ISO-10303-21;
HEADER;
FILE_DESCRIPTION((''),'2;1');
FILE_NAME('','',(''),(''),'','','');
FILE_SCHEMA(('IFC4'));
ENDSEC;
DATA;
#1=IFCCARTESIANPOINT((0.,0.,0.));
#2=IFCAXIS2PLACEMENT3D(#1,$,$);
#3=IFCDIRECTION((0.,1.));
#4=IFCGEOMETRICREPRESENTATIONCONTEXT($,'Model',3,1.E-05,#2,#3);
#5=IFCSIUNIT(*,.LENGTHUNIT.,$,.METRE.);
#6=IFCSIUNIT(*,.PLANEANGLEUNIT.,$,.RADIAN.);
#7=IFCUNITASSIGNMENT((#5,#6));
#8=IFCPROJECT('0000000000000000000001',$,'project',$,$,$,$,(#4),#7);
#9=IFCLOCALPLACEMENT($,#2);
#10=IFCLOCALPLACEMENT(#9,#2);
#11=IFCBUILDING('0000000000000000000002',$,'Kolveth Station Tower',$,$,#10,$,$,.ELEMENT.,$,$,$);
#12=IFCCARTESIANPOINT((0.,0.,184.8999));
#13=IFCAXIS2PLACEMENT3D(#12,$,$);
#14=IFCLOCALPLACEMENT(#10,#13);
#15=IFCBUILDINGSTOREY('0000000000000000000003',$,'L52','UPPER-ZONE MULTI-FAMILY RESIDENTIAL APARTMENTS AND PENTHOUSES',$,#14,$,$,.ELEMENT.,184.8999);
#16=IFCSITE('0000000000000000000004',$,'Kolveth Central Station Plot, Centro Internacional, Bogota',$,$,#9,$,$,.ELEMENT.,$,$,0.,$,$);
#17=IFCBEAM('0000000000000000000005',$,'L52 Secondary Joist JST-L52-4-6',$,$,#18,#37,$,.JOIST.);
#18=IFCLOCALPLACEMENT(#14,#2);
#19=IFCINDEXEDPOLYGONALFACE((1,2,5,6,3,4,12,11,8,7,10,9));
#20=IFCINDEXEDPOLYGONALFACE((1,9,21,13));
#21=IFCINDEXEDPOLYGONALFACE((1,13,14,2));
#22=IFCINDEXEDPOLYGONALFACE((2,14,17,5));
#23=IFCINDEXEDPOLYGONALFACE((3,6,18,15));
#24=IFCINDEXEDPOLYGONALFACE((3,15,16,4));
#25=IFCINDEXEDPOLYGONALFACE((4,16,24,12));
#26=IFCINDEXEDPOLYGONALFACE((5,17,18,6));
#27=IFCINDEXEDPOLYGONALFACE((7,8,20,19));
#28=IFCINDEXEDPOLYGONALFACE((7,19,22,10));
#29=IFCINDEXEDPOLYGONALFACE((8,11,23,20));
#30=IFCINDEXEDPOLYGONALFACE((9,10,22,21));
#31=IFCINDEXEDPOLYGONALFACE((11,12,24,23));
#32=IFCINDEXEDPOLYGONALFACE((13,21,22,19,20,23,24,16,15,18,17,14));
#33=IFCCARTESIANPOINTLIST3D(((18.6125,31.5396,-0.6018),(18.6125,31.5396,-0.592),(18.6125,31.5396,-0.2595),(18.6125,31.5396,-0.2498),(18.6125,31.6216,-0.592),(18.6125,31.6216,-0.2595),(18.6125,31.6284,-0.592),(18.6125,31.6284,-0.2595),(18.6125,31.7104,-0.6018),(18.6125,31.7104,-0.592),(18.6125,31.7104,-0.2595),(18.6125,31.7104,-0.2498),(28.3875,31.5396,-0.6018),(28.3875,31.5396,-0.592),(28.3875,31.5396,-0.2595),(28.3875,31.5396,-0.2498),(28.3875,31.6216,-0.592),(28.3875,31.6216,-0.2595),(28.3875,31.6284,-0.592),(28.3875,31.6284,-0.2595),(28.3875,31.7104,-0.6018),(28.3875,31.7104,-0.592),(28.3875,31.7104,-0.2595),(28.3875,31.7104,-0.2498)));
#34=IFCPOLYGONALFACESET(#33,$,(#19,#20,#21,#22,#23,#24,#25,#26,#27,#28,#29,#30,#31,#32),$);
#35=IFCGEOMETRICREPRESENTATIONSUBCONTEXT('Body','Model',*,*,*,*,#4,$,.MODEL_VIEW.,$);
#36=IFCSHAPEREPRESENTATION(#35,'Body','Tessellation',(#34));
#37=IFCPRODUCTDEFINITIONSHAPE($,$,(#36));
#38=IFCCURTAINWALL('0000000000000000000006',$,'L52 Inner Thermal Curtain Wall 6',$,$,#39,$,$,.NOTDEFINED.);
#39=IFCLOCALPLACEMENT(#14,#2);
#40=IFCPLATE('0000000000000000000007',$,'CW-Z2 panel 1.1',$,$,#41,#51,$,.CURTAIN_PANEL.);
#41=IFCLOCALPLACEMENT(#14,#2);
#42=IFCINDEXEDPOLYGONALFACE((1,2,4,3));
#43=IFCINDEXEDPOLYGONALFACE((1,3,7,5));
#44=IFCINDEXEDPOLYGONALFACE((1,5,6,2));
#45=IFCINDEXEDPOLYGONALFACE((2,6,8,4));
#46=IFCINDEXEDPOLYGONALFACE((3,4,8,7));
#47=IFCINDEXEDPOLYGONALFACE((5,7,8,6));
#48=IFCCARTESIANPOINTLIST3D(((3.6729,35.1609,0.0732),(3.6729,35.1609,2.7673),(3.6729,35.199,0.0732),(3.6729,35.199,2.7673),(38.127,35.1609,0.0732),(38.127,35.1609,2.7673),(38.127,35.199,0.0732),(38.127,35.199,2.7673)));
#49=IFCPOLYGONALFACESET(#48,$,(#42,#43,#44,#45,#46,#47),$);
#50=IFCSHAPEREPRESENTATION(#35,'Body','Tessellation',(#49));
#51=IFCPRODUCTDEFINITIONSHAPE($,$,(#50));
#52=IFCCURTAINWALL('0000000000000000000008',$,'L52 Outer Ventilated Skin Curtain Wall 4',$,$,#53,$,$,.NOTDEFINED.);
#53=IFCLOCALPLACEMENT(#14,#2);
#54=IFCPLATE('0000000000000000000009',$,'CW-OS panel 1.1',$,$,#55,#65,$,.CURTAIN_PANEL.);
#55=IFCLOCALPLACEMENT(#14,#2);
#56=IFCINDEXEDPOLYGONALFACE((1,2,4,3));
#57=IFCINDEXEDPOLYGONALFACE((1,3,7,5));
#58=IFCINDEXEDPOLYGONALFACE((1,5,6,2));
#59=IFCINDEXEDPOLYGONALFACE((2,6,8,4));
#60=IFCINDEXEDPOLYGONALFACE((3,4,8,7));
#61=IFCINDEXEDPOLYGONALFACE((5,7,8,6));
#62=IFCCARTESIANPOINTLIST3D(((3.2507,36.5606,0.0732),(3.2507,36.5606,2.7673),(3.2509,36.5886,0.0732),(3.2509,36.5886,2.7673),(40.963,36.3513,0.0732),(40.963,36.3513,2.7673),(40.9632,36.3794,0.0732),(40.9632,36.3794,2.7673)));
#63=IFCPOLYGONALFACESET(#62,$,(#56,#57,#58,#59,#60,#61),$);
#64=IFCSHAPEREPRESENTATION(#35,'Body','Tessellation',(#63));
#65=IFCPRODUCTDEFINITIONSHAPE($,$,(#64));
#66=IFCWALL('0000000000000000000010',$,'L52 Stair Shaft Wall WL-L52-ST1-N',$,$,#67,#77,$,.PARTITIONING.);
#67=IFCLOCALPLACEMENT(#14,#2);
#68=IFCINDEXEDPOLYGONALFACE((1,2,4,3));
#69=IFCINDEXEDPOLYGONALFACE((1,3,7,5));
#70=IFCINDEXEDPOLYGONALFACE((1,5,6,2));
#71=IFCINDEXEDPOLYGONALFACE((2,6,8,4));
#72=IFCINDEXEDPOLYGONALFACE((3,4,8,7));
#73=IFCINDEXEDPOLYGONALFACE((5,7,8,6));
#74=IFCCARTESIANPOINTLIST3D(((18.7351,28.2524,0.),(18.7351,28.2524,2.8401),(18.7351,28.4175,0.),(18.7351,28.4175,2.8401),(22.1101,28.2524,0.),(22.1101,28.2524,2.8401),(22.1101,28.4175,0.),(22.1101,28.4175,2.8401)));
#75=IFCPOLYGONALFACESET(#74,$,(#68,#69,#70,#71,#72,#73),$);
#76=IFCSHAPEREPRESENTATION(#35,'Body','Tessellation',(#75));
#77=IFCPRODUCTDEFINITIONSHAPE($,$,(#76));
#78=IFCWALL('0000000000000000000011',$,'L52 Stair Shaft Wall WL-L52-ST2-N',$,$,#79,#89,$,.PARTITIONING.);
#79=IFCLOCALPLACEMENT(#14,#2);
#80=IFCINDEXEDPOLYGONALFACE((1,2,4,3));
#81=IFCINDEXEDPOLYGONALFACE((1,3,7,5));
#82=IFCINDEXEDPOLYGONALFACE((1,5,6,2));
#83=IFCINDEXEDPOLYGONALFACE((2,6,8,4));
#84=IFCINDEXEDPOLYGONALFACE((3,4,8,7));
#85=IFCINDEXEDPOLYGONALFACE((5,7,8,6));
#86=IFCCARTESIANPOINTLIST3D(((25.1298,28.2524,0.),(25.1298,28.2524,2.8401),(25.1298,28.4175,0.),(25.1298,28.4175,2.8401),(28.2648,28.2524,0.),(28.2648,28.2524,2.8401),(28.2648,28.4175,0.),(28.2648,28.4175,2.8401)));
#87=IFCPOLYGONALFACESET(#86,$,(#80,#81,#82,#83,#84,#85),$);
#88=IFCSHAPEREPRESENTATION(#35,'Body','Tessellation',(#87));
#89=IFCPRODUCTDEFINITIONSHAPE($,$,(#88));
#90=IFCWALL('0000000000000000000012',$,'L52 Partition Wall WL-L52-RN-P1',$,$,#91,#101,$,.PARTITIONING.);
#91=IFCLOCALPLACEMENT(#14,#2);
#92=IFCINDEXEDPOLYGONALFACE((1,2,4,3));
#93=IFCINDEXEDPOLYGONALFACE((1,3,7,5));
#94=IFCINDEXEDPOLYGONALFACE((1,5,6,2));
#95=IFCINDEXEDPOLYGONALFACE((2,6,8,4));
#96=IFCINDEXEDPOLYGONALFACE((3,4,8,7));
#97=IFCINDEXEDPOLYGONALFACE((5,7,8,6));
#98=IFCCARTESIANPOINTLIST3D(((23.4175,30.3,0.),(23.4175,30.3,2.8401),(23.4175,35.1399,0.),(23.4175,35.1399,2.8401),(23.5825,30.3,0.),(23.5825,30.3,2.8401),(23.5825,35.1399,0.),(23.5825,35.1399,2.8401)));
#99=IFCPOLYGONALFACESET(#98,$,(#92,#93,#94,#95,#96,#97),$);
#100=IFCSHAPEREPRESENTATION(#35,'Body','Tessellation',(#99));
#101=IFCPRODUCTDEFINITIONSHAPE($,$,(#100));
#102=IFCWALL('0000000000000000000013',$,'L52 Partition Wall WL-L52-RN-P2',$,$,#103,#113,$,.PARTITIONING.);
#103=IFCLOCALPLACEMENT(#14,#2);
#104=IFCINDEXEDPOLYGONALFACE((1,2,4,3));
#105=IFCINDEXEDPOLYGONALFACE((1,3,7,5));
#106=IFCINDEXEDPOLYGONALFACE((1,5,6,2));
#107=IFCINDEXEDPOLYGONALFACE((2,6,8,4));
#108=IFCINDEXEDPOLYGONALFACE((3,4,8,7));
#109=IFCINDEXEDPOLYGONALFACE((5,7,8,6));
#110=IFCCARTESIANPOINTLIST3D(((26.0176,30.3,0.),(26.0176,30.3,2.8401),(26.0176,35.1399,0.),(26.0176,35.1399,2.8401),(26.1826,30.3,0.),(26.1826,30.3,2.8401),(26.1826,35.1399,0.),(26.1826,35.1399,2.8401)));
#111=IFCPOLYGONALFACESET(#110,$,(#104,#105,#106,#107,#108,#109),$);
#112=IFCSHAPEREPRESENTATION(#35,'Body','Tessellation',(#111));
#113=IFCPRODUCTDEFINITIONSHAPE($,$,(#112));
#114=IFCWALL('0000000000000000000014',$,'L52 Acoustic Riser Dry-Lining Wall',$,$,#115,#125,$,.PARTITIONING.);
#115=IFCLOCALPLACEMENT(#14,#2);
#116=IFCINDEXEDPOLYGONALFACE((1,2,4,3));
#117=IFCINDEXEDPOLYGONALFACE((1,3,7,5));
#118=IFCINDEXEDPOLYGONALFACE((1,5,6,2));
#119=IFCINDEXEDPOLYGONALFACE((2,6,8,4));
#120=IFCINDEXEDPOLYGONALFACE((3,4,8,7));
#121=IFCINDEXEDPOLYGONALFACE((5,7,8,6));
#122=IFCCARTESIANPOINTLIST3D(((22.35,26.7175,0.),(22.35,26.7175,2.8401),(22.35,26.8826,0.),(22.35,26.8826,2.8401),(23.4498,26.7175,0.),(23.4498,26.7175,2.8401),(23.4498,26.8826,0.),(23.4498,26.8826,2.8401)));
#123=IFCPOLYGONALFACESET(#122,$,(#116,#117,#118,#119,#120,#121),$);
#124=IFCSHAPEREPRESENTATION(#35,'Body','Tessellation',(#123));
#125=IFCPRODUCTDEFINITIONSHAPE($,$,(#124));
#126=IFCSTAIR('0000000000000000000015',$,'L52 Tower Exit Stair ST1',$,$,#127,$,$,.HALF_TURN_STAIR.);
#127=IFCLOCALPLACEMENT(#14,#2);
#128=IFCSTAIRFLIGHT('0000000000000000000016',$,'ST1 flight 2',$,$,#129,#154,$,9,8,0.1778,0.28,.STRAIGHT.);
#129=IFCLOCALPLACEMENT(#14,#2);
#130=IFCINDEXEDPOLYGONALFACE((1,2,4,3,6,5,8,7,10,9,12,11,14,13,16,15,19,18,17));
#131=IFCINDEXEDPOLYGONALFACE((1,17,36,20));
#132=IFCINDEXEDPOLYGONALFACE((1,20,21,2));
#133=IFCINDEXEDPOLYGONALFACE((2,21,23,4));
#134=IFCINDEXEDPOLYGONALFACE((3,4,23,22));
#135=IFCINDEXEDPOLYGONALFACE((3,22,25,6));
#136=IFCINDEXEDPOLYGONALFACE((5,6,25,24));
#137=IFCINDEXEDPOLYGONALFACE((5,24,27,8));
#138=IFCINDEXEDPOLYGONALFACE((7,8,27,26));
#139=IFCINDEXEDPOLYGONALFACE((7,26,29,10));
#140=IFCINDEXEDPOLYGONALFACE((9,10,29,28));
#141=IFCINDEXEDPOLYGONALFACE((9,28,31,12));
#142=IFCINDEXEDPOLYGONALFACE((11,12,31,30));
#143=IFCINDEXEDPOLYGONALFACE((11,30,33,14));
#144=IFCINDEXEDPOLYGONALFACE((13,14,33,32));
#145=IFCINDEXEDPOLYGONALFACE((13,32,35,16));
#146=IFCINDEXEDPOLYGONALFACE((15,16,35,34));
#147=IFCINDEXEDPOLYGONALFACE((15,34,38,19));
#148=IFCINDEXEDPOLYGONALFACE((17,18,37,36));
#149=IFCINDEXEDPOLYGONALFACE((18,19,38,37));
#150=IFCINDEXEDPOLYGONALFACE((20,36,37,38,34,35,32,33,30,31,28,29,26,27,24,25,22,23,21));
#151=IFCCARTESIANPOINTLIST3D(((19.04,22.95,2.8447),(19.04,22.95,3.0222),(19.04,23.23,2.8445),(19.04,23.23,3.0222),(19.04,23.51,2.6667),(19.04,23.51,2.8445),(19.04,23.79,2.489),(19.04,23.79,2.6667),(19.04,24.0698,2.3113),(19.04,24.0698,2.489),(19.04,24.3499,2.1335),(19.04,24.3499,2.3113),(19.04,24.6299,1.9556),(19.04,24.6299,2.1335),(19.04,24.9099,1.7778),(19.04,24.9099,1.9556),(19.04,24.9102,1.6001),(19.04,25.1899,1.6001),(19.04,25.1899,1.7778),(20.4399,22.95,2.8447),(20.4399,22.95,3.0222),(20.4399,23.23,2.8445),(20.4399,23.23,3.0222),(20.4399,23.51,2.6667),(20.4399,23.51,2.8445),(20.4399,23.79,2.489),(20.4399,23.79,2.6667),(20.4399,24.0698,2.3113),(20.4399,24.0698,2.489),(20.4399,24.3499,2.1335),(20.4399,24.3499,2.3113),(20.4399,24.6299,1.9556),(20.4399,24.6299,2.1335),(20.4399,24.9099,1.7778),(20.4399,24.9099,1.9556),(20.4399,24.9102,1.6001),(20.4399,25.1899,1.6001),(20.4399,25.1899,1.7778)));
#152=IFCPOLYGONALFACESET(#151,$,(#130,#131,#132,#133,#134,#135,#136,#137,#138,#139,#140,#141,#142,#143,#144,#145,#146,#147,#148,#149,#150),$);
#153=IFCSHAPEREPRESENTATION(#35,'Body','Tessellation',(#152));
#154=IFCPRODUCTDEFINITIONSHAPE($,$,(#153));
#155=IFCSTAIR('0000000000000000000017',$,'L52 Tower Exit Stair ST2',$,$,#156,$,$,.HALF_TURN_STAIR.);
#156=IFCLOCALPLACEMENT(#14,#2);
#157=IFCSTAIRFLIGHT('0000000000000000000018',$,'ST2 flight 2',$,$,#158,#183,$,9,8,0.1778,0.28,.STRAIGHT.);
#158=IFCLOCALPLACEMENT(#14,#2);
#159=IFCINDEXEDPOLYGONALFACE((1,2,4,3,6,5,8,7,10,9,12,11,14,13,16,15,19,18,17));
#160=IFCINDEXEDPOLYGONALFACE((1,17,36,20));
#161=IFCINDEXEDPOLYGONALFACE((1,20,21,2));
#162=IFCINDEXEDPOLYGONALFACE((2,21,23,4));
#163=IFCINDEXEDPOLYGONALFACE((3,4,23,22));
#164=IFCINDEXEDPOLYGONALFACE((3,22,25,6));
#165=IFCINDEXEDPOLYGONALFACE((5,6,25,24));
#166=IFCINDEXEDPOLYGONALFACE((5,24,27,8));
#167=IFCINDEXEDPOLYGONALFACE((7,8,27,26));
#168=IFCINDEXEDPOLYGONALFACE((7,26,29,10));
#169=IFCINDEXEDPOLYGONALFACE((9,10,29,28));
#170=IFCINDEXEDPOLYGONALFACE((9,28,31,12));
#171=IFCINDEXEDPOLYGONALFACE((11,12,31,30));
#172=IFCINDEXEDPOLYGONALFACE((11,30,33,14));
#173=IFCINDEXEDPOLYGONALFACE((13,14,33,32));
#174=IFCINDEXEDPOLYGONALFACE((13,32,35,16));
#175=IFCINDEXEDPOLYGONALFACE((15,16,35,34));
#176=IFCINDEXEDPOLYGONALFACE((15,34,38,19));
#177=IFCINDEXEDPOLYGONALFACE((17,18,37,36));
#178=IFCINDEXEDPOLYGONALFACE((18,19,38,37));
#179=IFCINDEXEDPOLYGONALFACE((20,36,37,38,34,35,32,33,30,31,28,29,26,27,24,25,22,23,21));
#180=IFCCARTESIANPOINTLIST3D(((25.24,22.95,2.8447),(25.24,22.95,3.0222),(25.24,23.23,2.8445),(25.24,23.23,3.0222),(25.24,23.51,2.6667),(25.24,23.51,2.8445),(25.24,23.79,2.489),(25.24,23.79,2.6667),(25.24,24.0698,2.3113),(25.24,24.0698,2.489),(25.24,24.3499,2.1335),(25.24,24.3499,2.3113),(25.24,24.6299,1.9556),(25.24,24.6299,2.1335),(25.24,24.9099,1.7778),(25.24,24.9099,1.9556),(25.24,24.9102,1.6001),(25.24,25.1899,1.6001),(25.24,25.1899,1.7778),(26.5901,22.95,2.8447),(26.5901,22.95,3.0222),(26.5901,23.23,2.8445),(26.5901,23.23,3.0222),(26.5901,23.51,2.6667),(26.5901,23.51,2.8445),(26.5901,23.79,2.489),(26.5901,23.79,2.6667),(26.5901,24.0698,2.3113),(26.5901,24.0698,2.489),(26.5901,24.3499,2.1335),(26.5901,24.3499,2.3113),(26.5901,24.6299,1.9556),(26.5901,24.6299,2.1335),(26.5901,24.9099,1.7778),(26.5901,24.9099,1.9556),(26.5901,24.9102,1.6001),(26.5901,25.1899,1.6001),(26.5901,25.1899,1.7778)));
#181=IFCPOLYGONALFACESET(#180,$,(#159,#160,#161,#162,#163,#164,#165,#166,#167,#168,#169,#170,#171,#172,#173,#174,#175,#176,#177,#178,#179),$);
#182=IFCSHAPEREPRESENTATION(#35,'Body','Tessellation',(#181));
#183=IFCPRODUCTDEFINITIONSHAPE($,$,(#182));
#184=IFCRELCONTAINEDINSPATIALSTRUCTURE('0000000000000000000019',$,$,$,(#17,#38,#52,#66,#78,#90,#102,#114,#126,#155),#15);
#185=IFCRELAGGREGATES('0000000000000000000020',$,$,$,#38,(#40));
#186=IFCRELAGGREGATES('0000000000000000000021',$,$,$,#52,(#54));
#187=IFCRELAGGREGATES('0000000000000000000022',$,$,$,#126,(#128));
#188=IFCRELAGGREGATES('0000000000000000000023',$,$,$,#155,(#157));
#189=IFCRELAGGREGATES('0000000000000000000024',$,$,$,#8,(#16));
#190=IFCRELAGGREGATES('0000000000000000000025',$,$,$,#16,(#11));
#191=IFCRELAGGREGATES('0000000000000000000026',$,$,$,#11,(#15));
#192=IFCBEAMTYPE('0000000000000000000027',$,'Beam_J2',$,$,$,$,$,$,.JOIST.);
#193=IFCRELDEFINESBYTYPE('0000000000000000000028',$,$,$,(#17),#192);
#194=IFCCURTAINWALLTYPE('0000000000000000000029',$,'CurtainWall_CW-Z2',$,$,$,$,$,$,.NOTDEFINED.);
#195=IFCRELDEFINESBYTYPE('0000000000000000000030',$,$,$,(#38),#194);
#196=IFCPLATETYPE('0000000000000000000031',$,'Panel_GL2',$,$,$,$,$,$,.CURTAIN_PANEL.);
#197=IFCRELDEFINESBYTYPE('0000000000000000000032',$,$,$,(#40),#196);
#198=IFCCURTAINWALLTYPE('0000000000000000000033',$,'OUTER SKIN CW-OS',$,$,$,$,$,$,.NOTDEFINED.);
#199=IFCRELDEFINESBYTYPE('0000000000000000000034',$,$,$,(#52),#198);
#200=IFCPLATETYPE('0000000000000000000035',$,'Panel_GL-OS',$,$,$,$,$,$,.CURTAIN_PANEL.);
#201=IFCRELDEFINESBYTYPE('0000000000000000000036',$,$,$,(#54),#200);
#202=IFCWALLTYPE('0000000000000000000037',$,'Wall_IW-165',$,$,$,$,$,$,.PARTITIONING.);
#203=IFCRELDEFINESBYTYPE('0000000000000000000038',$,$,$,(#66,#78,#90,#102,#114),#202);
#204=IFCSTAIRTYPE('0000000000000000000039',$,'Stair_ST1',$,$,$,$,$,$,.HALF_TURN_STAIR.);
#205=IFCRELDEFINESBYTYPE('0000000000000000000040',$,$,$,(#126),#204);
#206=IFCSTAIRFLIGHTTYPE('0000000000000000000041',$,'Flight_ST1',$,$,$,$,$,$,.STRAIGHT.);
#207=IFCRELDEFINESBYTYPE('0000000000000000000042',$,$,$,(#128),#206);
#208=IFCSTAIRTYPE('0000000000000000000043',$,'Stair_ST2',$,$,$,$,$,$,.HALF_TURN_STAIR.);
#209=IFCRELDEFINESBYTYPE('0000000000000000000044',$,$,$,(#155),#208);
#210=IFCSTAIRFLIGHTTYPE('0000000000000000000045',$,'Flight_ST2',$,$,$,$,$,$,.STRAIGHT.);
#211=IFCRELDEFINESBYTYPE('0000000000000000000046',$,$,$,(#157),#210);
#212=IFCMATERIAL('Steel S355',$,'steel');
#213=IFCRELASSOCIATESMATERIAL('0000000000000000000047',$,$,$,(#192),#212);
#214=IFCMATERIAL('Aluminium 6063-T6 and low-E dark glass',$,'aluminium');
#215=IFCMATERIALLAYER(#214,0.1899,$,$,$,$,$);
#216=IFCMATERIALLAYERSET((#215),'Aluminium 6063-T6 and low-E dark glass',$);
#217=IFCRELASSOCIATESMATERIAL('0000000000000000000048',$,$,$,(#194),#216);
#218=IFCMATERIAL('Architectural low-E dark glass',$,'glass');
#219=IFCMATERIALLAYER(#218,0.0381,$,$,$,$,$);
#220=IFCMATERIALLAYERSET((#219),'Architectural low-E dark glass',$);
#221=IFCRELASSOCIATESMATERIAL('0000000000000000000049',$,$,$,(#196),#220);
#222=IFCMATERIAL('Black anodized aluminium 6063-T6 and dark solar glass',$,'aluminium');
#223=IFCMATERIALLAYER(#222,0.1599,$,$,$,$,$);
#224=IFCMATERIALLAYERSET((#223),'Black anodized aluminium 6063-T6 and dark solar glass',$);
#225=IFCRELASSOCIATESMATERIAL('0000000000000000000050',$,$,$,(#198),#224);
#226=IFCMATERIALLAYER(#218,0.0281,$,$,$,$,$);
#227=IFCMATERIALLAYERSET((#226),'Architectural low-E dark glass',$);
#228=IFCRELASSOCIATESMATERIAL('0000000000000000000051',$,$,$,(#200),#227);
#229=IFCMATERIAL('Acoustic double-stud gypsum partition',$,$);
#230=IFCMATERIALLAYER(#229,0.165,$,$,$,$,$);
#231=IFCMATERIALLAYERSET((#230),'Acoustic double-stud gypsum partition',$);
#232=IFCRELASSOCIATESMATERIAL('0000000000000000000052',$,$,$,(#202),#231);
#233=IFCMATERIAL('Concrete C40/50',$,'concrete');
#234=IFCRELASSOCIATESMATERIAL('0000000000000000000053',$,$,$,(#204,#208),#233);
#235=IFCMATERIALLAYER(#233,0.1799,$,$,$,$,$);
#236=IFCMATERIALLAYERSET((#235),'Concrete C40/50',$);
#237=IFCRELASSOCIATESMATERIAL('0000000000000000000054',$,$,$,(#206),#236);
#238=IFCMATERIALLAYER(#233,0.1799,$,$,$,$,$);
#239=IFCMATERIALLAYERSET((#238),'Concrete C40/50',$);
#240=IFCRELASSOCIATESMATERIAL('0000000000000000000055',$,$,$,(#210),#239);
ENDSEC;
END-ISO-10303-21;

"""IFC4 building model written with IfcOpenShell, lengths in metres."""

from ifc_helpers import new_model, si_unit, direction, frame, frame_2d, origin, origin_2d, place, context, subcontext, project, spatial, polyline, rectangle, i_section, outline, extrude, source, transform, mapped, material, layer, layer_set, material_profile, profile_set, type_object, element, aggregate, save


model = new_model("IFC4")

# Units and contexts
model_context = context("Model", 3, precision=1e-05, world=origin(), true_north=direction((0.0, 1.0)))
body_context = subcontext(model_context, "Body", "Model", "MODEL_VIEW")
ifc_project = project(units=[si_unit("LENGTHUNIT", "METRE"), si_unit("PLANEANGLEUNIT", "RADIAN")], contexts=[model_context])

# Site, building, storey
site_placement = place(None, origin())
site = spatial("IfcSite", under=ifc_project, at=site_placement, Name="Kolveth Central Station Plot, Centro Internacional, Bogota", CompositionType="ELEMENT", RefElevation=0.0)
building_placement = place(site_placement, origin())
building = spatial("IfcBuilding", under=site, at=building_placement, Name="Kolveth Station Tower", CompositionType="ELEMENT")
storey_placement = place(building_placement, frame((0.0, 0.0, 184.8999)))
storey = spatial("IfcBuildingStorey", under=building, at=storey_placement, Name="L52", Description="UPPER-ZONE MULTI-FAMILY RESIDENTIAL APARTMENTS AND PENTHOUSES", CompositionType="ELEMENT", Elevation=184.8999)

# Shared definitions
ifc_material_1 = material(Name="Steel S355", Category="steel")

# Beam
ifc_material_profile_1 = material_profile(ifc_material_1, i_section(OverallWidth=0.1709, OverallDepth=0.3521, WebThickness=0.0068, FlangeThickness=0.0098, at=origin_2d()), Name="W360x44")
ifc_profile_set_1 = profile_set([ifc_material_profile_1], Name="Steel S355")
beam_type_1 = type_object("IfcBeamType", Name="Beam_J2", PredefinedType="JOIST", material=ifc_profile_set_1)
shared_shape_1 = source(origin(), body_context, "Body", "SweptSolid", [
    extrude(i_section(OverallWidth=0.1709, OverallDepth=0.3521, WebThickness=0.0068, FlangeThickness=0.0098, at=origin_2d()), origin(), (0.0, 0.0, 1.0), 9.7749),
])
beam_1_placement = place(storey_placement, frame((18.6125, 31.625, -0.4258), z_axis=(1.0, 0.0, 0.0), x_axis=(0.0, 1.0, 0.0)))
element("IfcBeam", 1, at=beam_1_placement, inside=storey, type_object=beam_type_1, Name="L52 Secondary Joist JST-L52-4-6", PredefinedType="JOIST", context=body_context, shape_type="MappedRepresentation", body=[
    mapped(shared_shape_1, transform((0.0, 0.0, 0.0), x_axis=(1.0, 0.0, 0.0), y_axis=(0.0, 1.0, 0.0), z_axis=(0.0, 0.0, 1.0), scale=1.0)),
])

# Curtain walls, plates
ifc_material_2 = material(Name="Aluminium 6063-T6 and low-E dark glass", Category="aluminium")
ifc_layer_1 = layer(ifc_material_2, 0.1899)
ifc_layer_set_1 = layer_set([ifc_layer_1], Name="Aluminium 6063-T6 and low-E dark glass")
curtain_wall_type_1 = type_object("IfcCurtainWallType", Name="CurtainWall_CW-Z2", PredefinedType="NOTDEFINED", material=ifc_layer_set_1)
curtain_wall_1_placement = place(storey_placement, origin())
curtain_wall_1 = element("IfcCurtainWall", 2, at=curtain_wall_1_placement, inside=storey, type_object=curtain_wall_type_1, Name="L52 Inner Thermal Curtain Wall 6", PredefinedType="NOTDEFINED")
ifc_material_3 = material(Name="Architectural low-E dark glass", Category="glass")
ifc_layer_2 = layer(ifc_material_3, 0.0381)
ifc_layer_set_2 = layer_set([ifc_layer_2], Name="Architectural low-E dark glass")
plate_type_1 = type_object("IfcPlateType", Name="Panel_GL2", PredefinedType="CURTAIN_PANEL", material=ifc_layer_set_2)
shared_shape_2 = source(origin(), body_context, "Body", "SweptSolid", [
    extrude(rectangle(XDim=34.4541, YDim=0.0381, at=origin_2d()), origin(), (0.0, 0.0, 1.0), 2.6941),
])
plate_1_placement = place(storey_placement, frame((20.8999, 35.1799, 0.0732), z_axis=(0.0, 0.0, 1.0), x_axis=(-1.0, 0.0, 0.0)))
plate_1 = element("IfcPlate", 3, at=plate_1_placement, type_object=plate_type_1, Name="CW-Z2 panel 1.1", PredefinedType="CURTAIN_PANEL", context=body_context, shape_type="MappedRepresentation", body=[
    mapped(shared_shape_2, transform((0.0, 0.0, 0.0), x_axis=(1.0, 0.0, 0.0), y_axis=(0.0, 1.0, 0.0), z_axis=(0.0, 0.0, 1.0), scale=1.0)),
])
aggregate(curtain_wall_1, [plate_1])
ifc_material_4 = material(Name="Black anodized aluminium 6063-T6 and dark solar glass", Category="aluminium")
ifc_layer_3 = layer(ifc_material_4, 0.1599)
ifc_layer_set_3 = layer_set([ifc_layer_3], Name="Black anodized aluminium 6063-T6 and dark solar glass")
curtain_wall_type_2 = type_object("IfcCurtainWallType", Name="OUTER SKIN CW-OS", PredefinedType="NOTDEFINED", material=ifc_layer_set_3)
curtain_wall_2_placement = place(storey_placement, origin())
curtain_wall_2 = element("IfcCurtainWall", 4, at=curtain_wall_2_placement, inside=storey, type_object=curtain_wall_type_2, Name="L52 Outer Ventilated Skin Curtain Wall 4", PredefinedType="NOTDEFINED")
ifc_layer_4 = layer(ifc_material_3, 0.0281)
ifc_layer_set_4 = layer_set([ifc_layer_4], Name="Architectural low-E dark glass")
plate_type_2 = type_object("IfcPlateType", Name="Panel_GL-OS", PredefinedType="CURTAIN_PANEL", material=ifc_layer_set_4)
shared_shape_3 = source(origin(), body_context, "Body", "SweptSolid", [
    extrude(rectangle(XDim=37.7129, YDim=0.0281, at=origin_2d()), origin(), (0.0, 0.0, 1.0), 2.6941),
])
plate_2_placement = place(storey_placement, frame((22.1069, 36.47, 0.0732), z_axis=(0.0, 0.0, 1.0), x_axis=(-0.999985, 0.005549, 0.0)))
plate_2 = element("IfcPlate", 5, at=plate_2_placement, type_object=plate_type_2, Name="CW-OS panel 1.1", PredefinedType="CURTAIN_PANEL", context=body_context, shape_type="MappedRepresentation", body=[
    mapped(shared_shape_3, transform((0.0, 0.0, 0.0), x_axis=(1.0, 0.0, 0.0), y_axis=(0.0, 1.0, 0.0), z_axis=(0.0, 0.0, 1.0), scale=1.0)),
])
aggregate(curtain_wall_2, [plate_2])

# Walls
ifc_material_5 = material(Name="Acoustic double-stud gypsum partition")
ifc_layer_5 = layer(ifc_material_5, 0.165)
ifc_layer_set_5 = layer_set([ifc_layer_5], Name="Acoustic double-stud gypsum partition")
wall_type = type_object("IfcWallType", Name="Wall_IW-165", PredefinedType="PARTITIONING", material=ifc_layer_set_5)
wall_1_placement = place(storey_placement, frame((18.7351, 28.335, 0.0), z_axis=(0.0, 0.0, 1.0), x_axis=(1.0, 0.0, 0.0)))
element("IfcWall", 6, at=wall_1_placement, inside=storey, type_object=wall_type, Name="L52 Stair Shaft Wall WL-L52-ST1-N", PredefinedType="PARTITIONING", context=body_context, shape_type="SweptSolid", body=[
    extrude(rectangle(XDim=3.375, YDim=0.165, at=frame_2d((1.6875, 0.0))), origin(), (0.0, 0.0, 1.0), 2.8401),
])
wall_2_placement = place(storey_placement, frame((25.1299, 28.335, 0.0), z_axis=(0.0, 0.0, 1.0), x_axis=(1.0, 0.0, 0.0)))
element("IfcWall", 7, at=wall_2_placement, inside=storey, type_object=wall_type, Name="L52 Stair Shaft Wall WL-L52-ST2-N", PredefinedType="PARTITIONING", context=body_context, shape_type="SweptSolid", body=[
    extrude(rectangle(XDim=3.135, YDim=0.165, at=frame_2d((1.5674, 0.0))), origin(), (0.0, 0.0, 1.0), 2.8401),
])
for number, where, z_axis, x_axis, name in (
    (8, (23.5, 30.3, 0.0), (0.0, 0.0, 1.0), (0.0, 1.0, 0.0), "L52 Partition Wall WL-L52-RN-P1"),
    (9, (26.1001, 30.3, 0.0), (0.0, 0.0, 1.0), (0.0, 1.0, 0.0), "L52 Partition Wall WL-L52-RN-P2"),
):
    element("IfcWall", number, at=place(storey_placement, frame(where, z_axis=z_axis, x_axis=x_axis)), inside=storey, type_object=wall_type, Name=name, PredefinedType="PARTITIONING", context=body_context, shape_type="SweptSolid", body=[
        extrude(rectangle(XDim=4.8398, YDim=0.165, at=frame_2d((2.4199, 0.0))), origin(), (0.0, 0.0, 1.0), 2.8401),
    ])
wall_3_placement = place(storey_placement, frame((22.3501, 26.8, 0.0), z_axis=(0.0, 0.0, 1.0), x_axis=(1.0, 0.0, 0.0)))
element("IfcWall", 10, at=wall_3_placement, inside=storey, type_object=wall_type, Name="L52 Acoustic Riser Dry-Lining Wall", PredefinedType="PARTITIONING", context=body_context, shape_type="SweptSolid", body=[
    extrude(rectangle(XDim=1.0999, YDim=0.165, at=frame_2d((0.5498, 0.0))), origin(), (0.0, 0.0, 1.0), 2.8401),
])

# Stairs, stair flights
ifc_material_6 = material(Name="Concrete C40/50", Category="concrete")
stair_type_1 = type_object("IfcStairType", Name="Stair_ST1", PredefinedType="HALF_TURN_STAIR", material=ifc_material_6)
stair_1_placement = place(storey_placement, origin())
stair_1 = element("IfcStair", 11, at=stair_1_placement, inside=storey, type_object=stair_type_1, Name="L52 Tower Exit Stair ST1", PredefinedType="HALF_TURN_STAIR")
ifc_layer_6 = layer(ifc_material_6, 0.1799)
ifc_layer_set_6 = layer_set([ifc_layer_6], Name="Concrete C40/50")
stair_flight_type_1 = type_object("IfcStairFlightType", Name="Flight_ST1", PredefinedType="STRAIGHT", material=ifc_layer_set_6)
stair_flight_1_placement = place(storey_placement, frame((19.74, 25.1899, 1.6001), z_axis=(0.0, 0.0, 1.0), x_axis=(0.0, -1.0, 0.0)))
stair_flight_1 = element("IfcStairFlight", 12, at=stair_flight_1_placement, type_object=stair_flight_type_1, Name="ST1 flight 2", NumberOfRisers=9, NumberOfTreads=8, PredefinedType="STRAIGHT", RiserHeight=0.1778, TreadLength=0.28, context=body_context, shape_type="SweptSolid", body=[
    extrude(outline(polyline([(0.0, 0.0), (0.0, 0.1777), (0.28, 0.1777), (0.28, 0.3555), (0.5601, 0.3555), (0.5601, 0.5334), (0.8401, 0.5334), (0.8401, 0.7112), (1.1201, 0.7112), (1.1201, 0.8889), (1.3999, 0.8889), (1.3999, 1.0667), (1.6799, 1.0667), (1.6799, 1.2444), (1.96, 1.2444), (1.96, 1.4221), (2.24, 1.4221), (2.24, 1.6001), (2.24, 1.2446), (0.2798, 0.0), (0.0, 0.0)])), frame((0.0, 0.7, 0.0), z_axis=(0.0, -1.0, 0.0), x_axis=(1.0, 0.0, 0.0)), (0.0, 0.0, 1.0), 1.3999),
])
aggregate(stair_1, [stair_flight_1])
stair_type_2 = type_object("IfcStairType", Name="Stair_ST2", PredefinedType="HALF_TURN_STAIR", material=ifc_material_6)
stair_2_placement = place(storey_placement, origin())
stair_2 = element("IfcStair", 13, at=stair_2_placement, inside=storey, type_object=stair_type_2, Name="L52 Tower Exit Stair ST2", PredefinedType="HALF_TURN_STAIR")
ifc_layer_7 = layer(ifc_material_6, 0.1799)
ifc_layer_set_7 = layer_set([ifc_layer_7], Name="Concrete C40/50")
stair_flight_type_2 = type_object("IfcStairFlightType", Name="Flight_ST2", PredefinedType="STRAIGHT", material=ifc_layer_set_7)
stair_flight_2_placement = place(storey_placement, frame((25.915, 25.1899, 1.6001), z_axis=(0.0, 0.0, 1.0), x_axis=(0.0, -1.0, 0.0)))
stair_flight_2 = element("IfcStairFlight", 14, at=stair_flight_2_placement, type_object=stair_flight_type_2, Name="ST2 flight 2", NumberOfRisers=9, NumberOfTreads=8, PredefinedType="STRAIGHT", RiserHeight=0.1778, TreadLength=0.28, context=body_context, shape_type="SweptSolid", body=[
    extrude(outline(polyline([(0.0, 0.0), (0.0, 0.1777), (0.28, 0.1777), (0.28, 0.3555), (0.5601, 0.3555), (0.5601, 0.5334), (0.8401, 0.5334), (0.8401, 0.7112), (1.1201, 0.7112), (1.1201, 0.8889), (1.3999, 0.8889), (1.3999, 1.0667), (1.6799, 1.0667), (1.6799, 1.2444), (1.96, 1.2444), (1.96, 1.4221), (2.24, 1.4221), (2.24, 1.6001), (2.24, 1.2446), (0.2798, 0.0), (0.0, 0.0)])), frame((0.0, 0.675, 0.0), z_axis=(0.0, -1.0, 0.0), x_axis=(1.0, 0.0, 0.0)), (0.0, 0.0, 1.0), 1.3501),
])
aggregate(stair_2, [stair_flight_2])

save(model, "model.ifc")
